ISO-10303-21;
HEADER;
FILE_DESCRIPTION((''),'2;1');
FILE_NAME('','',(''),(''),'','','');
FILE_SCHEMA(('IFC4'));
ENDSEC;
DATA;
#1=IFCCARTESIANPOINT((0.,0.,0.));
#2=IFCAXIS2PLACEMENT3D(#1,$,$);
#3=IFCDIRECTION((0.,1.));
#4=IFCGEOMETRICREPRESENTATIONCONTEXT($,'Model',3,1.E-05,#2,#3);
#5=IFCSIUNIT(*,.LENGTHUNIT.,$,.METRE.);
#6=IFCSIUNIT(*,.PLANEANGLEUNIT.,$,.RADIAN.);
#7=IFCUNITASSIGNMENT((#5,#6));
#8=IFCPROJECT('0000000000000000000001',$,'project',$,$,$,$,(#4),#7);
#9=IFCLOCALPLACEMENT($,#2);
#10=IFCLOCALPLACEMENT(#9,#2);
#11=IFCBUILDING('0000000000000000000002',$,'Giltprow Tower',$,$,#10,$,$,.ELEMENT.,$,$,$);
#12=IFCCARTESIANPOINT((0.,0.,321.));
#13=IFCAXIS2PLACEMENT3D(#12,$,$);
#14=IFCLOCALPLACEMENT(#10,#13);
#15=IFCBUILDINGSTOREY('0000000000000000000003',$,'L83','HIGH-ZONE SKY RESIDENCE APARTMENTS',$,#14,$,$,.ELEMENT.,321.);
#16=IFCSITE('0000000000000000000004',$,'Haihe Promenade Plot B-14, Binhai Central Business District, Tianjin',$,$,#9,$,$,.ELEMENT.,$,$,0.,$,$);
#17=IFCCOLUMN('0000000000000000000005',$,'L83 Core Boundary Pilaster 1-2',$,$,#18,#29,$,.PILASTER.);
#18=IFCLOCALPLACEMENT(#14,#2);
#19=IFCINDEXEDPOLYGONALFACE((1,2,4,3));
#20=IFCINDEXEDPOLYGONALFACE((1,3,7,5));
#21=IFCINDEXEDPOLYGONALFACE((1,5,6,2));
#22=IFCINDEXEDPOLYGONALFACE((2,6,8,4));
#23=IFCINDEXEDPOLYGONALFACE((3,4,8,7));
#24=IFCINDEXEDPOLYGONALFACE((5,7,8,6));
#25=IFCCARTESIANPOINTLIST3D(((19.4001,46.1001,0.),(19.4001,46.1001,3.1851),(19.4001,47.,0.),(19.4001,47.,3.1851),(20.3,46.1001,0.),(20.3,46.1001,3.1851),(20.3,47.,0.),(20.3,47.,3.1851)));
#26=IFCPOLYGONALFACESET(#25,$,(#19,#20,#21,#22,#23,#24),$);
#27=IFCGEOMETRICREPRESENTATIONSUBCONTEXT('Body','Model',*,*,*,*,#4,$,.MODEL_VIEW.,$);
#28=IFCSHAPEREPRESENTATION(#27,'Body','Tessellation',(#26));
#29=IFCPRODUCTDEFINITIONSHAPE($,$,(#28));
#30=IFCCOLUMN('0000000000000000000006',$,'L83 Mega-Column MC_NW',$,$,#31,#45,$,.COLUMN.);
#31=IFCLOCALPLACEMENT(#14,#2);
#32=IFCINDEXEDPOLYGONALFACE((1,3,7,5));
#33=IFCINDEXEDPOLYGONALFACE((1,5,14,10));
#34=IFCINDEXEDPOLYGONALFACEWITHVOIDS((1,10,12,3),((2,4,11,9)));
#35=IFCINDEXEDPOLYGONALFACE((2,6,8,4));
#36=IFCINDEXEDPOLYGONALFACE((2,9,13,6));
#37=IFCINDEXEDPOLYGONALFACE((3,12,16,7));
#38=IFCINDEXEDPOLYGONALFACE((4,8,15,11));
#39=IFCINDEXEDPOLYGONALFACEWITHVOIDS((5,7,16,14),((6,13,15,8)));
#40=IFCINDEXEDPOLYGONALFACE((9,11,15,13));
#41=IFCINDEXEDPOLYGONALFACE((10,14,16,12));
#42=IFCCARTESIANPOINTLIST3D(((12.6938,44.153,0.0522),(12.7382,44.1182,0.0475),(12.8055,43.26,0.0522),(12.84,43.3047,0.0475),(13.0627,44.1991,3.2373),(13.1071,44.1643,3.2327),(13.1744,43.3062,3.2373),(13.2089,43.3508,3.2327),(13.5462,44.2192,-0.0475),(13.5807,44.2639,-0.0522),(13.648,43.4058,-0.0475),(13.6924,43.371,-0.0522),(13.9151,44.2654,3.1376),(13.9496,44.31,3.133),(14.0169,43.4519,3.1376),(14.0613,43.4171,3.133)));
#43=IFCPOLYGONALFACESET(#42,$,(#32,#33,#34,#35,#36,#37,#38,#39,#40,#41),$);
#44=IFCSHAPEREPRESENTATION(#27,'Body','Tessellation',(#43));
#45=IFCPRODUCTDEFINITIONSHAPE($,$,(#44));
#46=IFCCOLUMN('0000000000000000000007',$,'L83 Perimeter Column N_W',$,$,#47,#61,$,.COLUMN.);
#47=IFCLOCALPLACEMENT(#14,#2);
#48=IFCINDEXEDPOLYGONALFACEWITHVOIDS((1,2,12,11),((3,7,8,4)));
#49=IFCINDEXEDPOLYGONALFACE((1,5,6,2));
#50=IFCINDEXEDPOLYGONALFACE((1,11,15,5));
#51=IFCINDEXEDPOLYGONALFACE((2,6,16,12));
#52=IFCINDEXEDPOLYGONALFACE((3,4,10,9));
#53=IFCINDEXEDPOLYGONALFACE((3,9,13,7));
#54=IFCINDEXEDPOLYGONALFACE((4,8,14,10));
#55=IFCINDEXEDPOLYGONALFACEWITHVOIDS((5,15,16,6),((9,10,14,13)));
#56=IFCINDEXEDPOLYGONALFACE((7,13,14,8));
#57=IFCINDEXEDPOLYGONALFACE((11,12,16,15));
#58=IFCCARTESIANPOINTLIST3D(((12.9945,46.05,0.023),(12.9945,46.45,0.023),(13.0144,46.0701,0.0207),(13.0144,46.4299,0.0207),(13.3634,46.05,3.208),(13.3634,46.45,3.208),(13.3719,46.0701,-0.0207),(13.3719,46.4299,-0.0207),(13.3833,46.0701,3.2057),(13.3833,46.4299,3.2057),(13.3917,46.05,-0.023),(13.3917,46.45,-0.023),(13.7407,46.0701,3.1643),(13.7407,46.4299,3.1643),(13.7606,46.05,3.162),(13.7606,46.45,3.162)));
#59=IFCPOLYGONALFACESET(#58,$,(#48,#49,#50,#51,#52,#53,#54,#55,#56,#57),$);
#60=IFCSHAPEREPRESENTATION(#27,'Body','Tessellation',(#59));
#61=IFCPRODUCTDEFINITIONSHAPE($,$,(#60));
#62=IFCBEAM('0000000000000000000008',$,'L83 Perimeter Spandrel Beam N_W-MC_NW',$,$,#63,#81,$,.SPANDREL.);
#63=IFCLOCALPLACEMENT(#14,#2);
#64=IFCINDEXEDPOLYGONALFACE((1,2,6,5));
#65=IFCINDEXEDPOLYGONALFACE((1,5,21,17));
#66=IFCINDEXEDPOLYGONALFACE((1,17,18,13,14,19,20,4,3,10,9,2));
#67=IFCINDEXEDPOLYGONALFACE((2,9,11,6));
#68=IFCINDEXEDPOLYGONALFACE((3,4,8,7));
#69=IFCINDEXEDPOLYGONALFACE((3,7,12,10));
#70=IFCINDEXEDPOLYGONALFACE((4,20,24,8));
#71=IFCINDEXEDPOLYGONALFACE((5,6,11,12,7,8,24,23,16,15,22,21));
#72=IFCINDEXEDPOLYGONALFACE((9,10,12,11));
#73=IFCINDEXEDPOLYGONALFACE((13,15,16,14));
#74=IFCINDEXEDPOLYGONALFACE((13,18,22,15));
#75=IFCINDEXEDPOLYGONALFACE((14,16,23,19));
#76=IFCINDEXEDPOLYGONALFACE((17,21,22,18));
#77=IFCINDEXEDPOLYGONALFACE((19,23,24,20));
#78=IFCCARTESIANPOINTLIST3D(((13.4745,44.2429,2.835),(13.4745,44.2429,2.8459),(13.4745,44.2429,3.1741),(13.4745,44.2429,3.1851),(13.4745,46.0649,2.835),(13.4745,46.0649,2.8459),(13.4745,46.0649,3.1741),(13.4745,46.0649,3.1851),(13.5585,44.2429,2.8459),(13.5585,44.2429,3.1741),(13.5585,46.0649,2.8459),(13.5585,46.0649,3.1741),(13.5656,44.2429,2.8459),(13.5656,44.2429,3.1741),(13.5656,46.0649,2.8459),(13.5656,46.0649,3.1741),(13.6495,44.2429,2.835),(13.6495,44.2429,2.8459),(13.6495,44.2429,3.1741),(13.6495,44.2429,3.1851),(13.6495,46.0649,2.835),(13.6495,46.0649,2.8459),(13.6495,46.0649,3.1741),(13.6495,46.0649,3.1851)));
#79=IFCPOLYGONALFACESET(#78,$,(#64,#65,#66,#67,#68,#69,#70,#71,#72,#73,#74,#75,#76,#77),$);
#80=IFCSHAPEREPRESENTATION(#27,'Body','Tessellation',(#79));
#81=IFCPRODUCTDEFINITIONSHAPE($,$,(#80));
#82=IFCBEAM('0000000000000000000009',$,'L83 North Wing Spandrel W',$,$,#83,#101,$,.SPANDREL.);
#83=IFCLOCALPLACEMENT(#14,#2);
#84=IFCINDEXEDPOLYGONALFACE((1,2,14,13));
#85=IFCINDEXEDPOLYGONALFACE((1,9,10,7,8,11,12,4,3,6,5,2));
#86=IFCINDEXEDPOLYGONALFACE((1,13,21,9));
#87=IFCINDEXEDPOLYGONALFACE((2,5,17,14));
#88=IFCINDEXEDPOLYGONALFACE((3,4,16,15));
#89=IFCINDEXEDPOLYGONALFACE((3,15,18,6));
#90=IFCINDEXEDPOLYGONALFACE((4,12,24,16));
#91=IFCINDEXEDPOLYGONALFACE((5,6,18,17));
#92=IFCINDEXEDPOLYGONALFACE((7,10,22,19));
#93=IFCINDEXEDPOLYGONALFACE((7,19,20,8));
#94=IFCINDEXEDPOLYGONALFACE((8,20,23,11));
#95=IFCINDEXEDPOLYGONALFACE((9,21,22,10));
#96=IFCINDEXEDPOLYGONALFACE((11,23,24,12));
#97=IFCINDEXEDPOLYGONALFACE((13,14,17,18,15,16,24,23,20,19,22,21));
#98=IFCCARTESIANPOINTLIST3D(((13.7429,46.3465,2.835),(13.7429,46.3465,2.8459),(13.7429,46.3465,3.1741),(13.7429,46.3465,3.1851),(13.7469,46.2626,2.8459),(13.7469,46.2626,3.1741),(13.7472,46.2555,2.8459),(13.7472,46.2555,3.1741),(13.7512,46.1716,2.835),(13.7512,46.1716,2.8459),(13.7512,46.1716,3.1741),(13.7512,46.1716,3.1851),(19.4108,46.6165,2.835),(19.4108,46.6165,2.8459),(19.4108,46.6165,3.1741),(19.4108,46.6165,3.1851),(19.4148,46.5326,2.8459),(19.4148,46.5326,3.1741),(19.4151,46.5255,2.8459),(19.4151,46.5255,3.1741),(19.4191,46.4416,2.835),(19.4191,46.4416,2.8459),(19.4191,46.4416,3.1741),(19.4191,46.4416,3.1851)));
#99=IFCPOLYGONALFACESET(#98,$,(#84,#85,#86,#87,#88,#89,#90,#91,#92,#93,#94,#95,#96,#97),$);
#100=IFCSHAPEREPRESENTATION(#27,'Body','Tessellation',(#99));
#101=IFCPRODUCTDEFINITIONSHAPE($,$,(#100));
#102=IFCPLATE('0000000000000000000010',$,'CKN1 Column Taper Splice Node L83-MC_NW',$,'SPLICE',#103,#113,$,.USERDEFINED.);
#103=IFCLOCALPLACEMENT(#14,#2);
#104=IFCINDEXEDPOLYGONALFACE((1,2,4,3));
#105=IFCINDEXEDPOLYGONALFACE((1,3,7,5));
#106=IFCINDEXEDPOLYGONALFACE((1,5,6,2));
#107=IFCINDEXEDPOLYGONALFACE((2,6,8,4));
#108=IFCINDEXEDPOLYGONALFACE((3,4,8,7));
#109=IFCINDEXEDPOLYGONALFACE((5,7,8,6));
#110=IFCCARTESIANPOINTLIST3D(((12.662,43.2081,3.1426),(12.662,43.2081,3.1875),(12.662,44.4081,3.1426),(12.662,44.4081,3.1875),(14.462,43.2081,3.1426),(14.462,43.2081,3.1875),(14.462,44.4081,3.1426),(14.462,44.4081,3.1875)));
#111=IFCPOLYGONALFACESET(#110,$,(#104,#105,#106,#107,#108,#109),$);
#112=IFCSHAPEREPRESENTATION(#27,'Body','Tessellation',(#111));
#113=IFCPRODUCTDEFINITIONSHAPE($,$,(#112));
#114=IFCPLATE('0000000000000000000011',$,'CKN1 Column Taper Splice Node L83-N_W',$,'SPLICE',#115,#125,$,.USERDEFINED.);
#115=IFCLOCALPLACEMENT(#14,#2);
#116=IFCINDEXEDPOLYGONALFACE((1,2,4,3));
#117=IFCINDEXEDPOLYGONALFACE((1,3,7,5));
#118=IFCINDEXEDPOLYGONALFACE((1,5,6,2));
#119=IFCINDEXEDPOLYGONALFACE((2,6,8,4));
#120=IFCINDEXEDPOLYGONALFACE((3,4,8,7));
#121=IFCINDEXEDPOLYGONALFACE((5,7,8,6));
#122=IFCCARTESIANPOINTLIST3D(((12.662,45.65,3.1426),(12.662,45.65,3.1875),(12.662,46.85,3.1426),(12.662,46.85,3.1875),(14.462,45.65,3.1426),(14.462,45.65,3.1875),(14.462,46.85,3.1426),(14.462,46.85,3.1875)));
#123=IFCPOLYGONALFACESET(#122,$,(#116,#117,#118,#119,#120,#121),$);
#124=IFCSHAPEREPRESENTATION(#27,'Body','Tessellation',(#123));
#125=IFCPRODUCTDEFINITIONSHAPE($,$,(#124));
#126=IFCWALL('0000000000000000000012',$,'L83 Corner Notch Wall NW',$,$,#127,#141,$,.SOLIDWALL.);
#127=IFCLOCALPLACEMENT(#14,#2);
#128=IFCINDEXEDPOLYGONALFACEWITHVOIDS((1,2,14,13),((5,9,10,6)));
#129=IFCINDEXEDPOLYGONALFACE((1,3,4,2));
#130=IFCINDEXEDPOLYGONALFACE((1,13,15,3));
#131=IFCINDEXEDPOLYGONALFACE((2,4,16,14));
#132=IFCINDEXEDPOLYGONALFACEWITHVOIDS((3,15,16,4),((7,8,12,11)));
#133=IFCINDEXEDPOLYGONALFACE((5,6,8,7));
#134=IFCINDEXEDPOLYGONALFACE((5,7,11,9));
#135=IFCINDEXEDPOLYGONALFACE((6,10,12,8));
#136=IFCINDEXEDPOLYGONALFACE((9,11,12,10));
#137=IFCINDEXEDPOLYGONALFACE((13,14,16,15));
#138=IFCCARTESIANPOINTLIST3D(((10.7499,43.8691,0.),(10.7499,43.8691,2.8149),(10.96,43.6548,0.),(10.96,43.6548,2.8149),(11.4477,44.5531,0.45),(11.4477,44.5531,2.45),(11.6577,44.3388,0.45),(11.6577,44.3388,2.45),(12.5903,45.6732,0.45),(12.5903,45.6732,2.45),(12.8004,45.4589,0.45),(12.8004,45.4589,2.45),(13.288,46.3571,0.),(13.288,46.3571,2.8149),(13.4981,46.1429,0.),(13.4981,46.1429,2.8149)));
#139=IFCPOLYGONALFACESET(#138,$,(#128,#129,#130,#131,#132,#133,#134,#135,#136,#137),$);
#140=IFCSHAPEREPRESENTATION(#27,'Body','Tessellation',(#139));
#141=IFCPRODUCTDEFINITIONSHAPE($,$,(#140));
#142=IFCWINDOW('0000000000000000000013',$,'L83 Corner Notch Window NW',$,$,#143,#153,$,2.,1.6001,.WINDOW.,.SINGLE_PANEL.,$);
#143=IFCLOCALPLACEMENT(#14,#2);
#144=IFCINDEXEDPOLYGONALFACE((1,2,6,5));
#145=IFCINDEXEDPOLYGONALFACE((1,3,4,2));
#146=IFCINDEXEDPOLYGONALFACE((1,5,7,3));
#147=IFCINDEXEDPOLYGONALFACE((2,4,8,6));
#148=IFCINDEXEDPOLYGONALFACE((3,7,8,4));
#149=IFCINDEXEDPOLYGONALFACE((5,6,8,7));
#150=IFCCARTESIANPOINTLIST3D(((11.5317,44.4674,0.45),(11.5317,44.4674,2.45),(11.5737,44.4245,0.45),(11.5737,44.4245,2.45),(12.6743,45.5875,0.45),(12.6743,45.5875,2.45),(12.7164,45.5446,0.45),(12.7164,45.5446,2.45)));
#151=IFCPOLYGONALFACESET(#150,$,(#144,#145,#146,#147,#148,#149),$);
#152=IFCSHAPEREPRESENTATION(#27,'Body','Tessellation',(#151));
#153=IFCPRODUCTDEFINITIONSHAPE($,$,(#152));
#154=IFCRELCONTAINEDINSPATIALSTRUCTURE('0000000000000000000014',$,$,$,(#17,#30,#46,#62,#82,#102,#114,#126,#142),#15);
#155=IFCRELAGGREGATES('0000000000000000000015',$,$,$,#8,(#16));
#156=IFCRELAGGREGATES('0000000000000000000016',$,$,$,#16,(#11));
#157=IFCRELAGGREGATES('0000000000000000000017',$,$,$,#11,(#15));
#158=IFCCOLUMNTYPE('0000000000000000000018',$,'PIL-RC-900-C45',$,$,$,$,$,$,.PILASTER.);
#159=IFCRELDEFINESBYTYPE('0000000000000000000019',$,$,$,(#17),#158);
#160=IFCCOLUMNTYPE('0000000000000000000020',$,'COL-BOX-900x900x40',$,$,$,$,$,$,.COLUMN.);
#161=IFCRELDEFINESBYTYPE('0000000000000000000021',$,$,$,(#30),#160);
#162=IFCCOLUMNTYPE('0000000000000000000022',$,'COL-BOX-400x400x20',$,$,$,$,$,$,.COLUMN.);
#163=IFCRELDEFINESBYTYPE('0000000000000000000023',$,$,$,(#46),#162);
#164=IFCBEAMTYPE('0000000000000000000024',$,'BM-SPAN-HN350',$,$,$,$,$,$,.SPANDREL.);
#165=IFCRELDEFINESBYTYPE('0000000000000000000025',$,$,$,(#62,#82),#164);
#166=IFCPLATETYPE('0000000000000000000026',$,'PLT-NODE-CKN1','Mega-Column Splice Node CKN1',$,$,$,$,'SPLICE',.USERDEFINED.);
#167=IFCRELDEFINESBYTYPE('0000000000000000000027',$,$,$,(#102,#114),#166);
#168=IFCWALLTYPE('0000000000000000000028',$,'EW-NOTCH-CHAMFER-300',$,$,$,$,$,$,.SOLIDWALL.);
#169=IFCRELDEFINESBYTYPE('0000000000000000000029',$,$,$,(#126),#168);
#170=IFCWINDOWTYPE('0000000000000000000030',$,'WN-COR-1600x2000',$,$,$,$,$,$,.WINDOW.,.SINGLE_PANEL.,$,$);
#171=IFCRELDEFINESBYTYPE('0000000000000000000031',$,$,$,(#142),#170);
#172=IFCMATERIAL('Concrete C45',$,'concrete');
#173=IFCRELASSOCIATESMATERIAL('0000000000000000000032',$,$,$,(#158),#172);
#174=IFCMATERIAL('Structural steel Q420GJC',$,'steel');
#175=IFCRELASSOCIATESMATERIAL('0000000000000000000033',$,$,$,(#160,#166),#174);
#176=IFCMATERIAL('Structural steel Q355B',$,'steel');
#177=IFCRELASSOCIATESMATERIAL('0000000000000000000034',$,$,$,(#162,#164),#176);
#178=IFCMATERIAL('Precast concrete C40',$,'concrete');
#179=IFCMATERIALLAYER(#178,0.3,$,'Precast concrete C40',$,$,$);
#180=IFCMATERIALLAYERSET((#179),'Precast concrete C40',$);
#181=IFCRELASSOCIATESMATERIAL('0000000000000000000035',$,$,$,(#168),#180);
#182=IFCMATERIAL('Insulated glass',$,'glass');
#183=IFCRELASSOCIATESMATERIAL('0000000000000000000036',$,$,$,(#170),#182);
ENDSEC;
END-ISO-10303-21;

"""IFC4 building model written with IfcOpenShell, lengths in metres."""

from ifc_helpers import new_model, si_unit, direction, frame, frame_2d, origin, origin_2d, place, context, subcontext, project, spatial, rectangle, hollow_rectangle, i_section, extrude, source, transform, mapped, material, layer, layer_set, material_profile, profile_set, type_object, element, fill, save


model = new_model("IFC4")

# Units and contexts
model_context = context("Model", 3, precision=1e-05, world=origin(), true_north=direction((0.0, 1.0)))
body_context = subcontext(model_context, "Body", "Model", "MODEL_VIEW")
ifc_project = project(units=[si_unit("LENGTHUNIT", "METRE"), si_unit("PLANEANGLEUNIT", "RADIAN")], contexts=[model_context])

# Site, building, storey
site_placement = place(None, origin())
site = spatial("IfcSite", under=ifc_project, at=site_placement, Name="Haihe Promenade Plot B-14, Binhai Central Business District, Tianjin", CompositionType="ELEMENT", RefElevation=0.0)
building_placement = place(site_placement, origin())
building = spatial("IfcBuilding", under=site, at=building_placement, Name="Giltprow Tower", CompositionType="ELEMENT")
storey_placement = place(building_placement, frame((0.0, 0.0, 321.0)))
storey = spatial("IfcBuildingStorey", under=building, at=storey_placement, Name="L83", Description="HIGH-ZONE SKY RESIDENCE APARTMENTS", CompositionType="ELEMENT", Elevation=321.0)

# Columns
ifc_material_1 = material(Name="Concrete C45", Category="concrete")
ifc_material_profile_1 = material_profile(ifc_material_1, rectangle(XDim=0.8999, YDim=0.8999, at=origin_2d()), Name="RC 900x900")
ifc_profile_set_1 = profile_set([ifc_material_profile_1], Name="Concrete C45")
column_type_1 = type_object("IfcColumnType", Name="PIL-RC-900-C45", PredefinedType="PILASTER", material=ifc_profile_set_1)
shared_shape_1 = source(origin(), body_context, "Body", "SweptSolid", [
    extrude(rectangle(XDim=0.8999, YDim=0.8999, at=origin_2d()), origin(), (0.0, 0.0, 1.0), 3.1851),
])
column_1_placement = place(storey_placement, frame((19.8501, 46.55, 0.0), z_axis=(0.0, 0.0, 1.0), x_axis=(1.0, 0.0, 0.0)))
element("IfcColumn", 1, at=column_1_placement, inside=storey, type_object=column_type_1, Name="L83 Core Boundary Pilaster 1-2", PredefinedType="PILASTER", context=body_context, shape_type="MappedRepresentation", body=[
    mapped(shared_shape_1, transform((0.0, 0.0, 0.0), x_axis=(1.0, 0.0, 0.0), y_axis=(0.0, 1.0, 0.0), z_axis=(0.0, 0.0, 1.0), scale=1.0)),
])
ifc_material_2 = material(Name="Structural steel Q420GJC", Category="steel")
ifc_material_profile_2 = material_profile(ifc_material_2, hollow_rectangle(XDim=0.8999, YDim=0.8999, WallThickness=0.04, at=origin_2d()), Name="BOX 900x900x40")
ifc_profile_set_2 = profile_set([ifc_material_profile_2], Name="Structural steel Q420GJC")
column_type_2 = type_object("IfcColumnType", Name="COL-BOX-900x900x40", PredefinedType="COLUMN", material=ifc_profile_set_2)
shared_shape_2 = source(origin(), body_context, "Body", "SweptSolid", [
    extrude(hollow_rectangle(XDim=0.8999, YDim=0.8999, WallThickness=0.04, at=origin_2d()), origin(), (0.0, 0.0, 1.0), 3.2068),
])
column_2_placement = place(storey_placement, frame((13.1931, 43.762, 0.0), z_axis=(0.11504, 0.01439, 0.993257), x_axis=(-0.124116, 0.992268, 0.0)))
element("IfcColumn", 2, at=column_2_placement, inside=storey, type_object=column_type_2, Name="L83 Mega-Column MC_NW", PredefinedType="COLUMN", context=body_context, shape_type="MappedRepresentation", body=[
    mapped(shared_shape_2, transform((0.0, 0.0, 0.0), x_axis=(1.0, 0.0, 0.0), y_axis=(0.0, 1.0, 0.0), z_axis=(0.0, 0.0, 1.0), scale=1.0)),
])
ifc_material_3 = material(Name="Structural steel Q355B", Category="steel")
ifc_material_profile_3 = material_profile(ifc_material_3, hollow_rectangle(XDim=0.3999, YDim=0.3999, WallThickness=0.02, at=origin_2d()), Name="BOX 400x400x20")
ifc_profile_set_3 = profile_set([ifc_material_profile_3], Name="Structural steel Q355B")
column_type_3 = type_object("IfcColumnType", Name="COL-BOX-400x400x20", PredefinedType="COLUMN", material=ifc_profile_set_3)
shared_shape_3 = source(origin(), body_context, "Body", "SweptSolid", [
    extrude(hollow_rectangle(XDim=0.3999, YDim=0.3999, WallThickness=0.02, at=origin_2d()), origin(), (0.0, 0.0, 1.0), 3.2063),
])
column_3_placement = place(storey_placement, frame((13.1931, 46.25, 0.0), z_axis=(0.115052, 0.0, 0.993359), x_axis=(0.0, 1.0, 0.0)))
element("IfcColumn", 3, at=column_3_placement, inside=storey, type_object=column_type_3, Name="L83 Perimeter Column N_W", PredefinedType="COLUMN", context=body_context, shape_type="MappedRepresentation", body=[
    mapped(shared_shape_3, transform((0.0, 0.0, 0.0), x_axis=(1.0, 0.0, 0.0), y_axis=(0.0, 1.0, 0.0), z_axis=(0.0, 0.0, 1.0), scale=1.0)),
])

# Beams
ifc_material_profile_4 = material_profile(ifc_material_3, i_section(OverallWidth=0.175, OverallDepth=0.3501, WebThickness=0.0071, FlangeThickness=0.011, at=origin_2d()), Name="HN 350x175x7x11")
ifc_profile_set_4 = profile_set([ifc_material_profile_4], Name="Structural steel Q355B")
beam_type = type_object("IfcBeamType", Name="BM-SPAN-HN350", PredefinedType="SPANDREL", material=ifc_profile_set_4)
shared_shape_4 = source(origin(), body_context, "Body", "SweptSolid", [
    extrude(i_section(OverallWidth=0.175, OverallDepth=0.3501, WebThickness=0.0071, FlangeThickness=0.011, at=origin_2d()), origin(), (0.0, 0.0, 1.0), 1.822),
])
beam_1_placement = place(storey_placement, frame((13.562, 46.0649, 3.01), z_axis=(0.0, -1.0, 0.0), x_axis=(1.0, 0.0, 0.0)))
element("IfcBeam", 4, at=beam_1_placement, inside=storey, type_object=beam_type, Name="L83 Perimeter Spandrel Beam N_W-MC_NW", PredefinedType="SPANDREL", context=body_context, shape_type="MappedRepresentation", body=[
    mapped(shared_shape_4, transform((0.0, 0.0, 0.0), x_axis=(1.0, 0.0, 0.0), y_axis=(0.0, 1.0, 0.0), z_axis=(0.0, 0.0, 1.0), scale=1.0)),
])
shared_shape_5 = source(origin(), body_context, "Body", "SweptSolid", [
    extrude(i_section(OverallWidth=0.175, OverallDepth=0.3501, WebThickness=0.0071, FlangeThickness=0.011, at=origin_2d()), origin(), (0.0, 0.0, 1.0), 5.6743),
])
beam_2_placement = place(storey_placement, frame((13.7471, 46.259, 3.01), z_axis=(0.998867, 0.047586, 0.0), x_axis=(-0.047586, 0.998867, 0.0)))
element("IfcBeam", 5, at=beam_2_placement, inside=storey, type_object=beam_type, Name="L83 North Wing Spandrel W", PredefinedType="SPANDREL", context=body_context, shape_type="MappedRepresentation", body=[
    mapped(shared_shape_5, transform((0.0, 0.0, 0.0), x_axis=(1.0, 0.0, 0.0), y_axis=(0.0, 1.0, 0.0), z_axis=(0.0, 0.0, 1.0), scale=1.0)),
])

# Plates
plate_type = type_object("IfcPlateType", Name="PLT-NODE-CKN1", Description="Mega-Column Splice Node CKN1", ElementType="SPLICE", PredefinedType="USERDEFINED", material=ifc_material_2)
shared_shape_6 = source(origin(), body_context, "Body", "SweptSolid", [
    extrude(rectangle(XDim=1.8, YDim=1.2, at=origin_2d()), origin(), (0.0, 0.0, 1.0), 0.0449),
])
for number, where, z_axis, x_axis, name in (
    (6, (13.562, 43.8081, 3.1426), (0.0, 0.0, 1.0), (1.0, 0.0, 0.0), "CKN1 Column Taper Splice Node L83-MC_NW"),
    (7, (13.562, 46.25, 3.1426), (0.0, 0.0, 1.0), (1.0, 0.0, 0.0), "CKN1 Column Taper Splice Node L83-N_W"),
):
    element("IfcPlate", number, at=place(storey_placement, frame(where, z_axis=z_axis, x_axis=x_axis)), inside=storey, type_object=plate_type, Name=name, ObjectType="SPLICE", PredefinedType="USERDEFINED", context=body_context, shape_type="MappedRepresentation", body=[
        mapped(shared_shape_6, transform((0.0, 0.0, 0.0), x_axis=(1.0, 0.0, 0.0), y_axis=(0.0, 1.0, 0.0), z_axis=(0.0, 0.0, 1.0), scale=1.0)),
    ])

# Wall, opening, window
ifc_material_4 = material(Name="Precast concrete C40", Category="concrete")
ifc_layer_1 = layer(ifc_material_4, 0.3, Name="Precast concrete C40")
ifc_layer_set_1 = layer_set([ifc_layer_1], Name="Precast concrete C40")
wall_type_1 = type_object("IfcWallType", Name="EW-NOTCH-CHAMFER-300", PredefinedType="SOLIDWALL", material=ifc_layer_set_1)
wall_1_placement = place(storey_placement, frame((13.3931, 46.25, 0.0), z_axis=(0.0, 0.0, 1.0), x_axis=(-0.714113, -0.700031, 0.0)))
wall_1 = element("IfcWall", 8, at=wall_1_placement, inside=storey, type_object=wall_type_1, Name="L83 Corner Notch Wall NW", PredefinedType="SOLIDWALL", context=body_context, shape_type="SweptSolid", body=[
    extrude(rectangle(XDim=3.5542, YDim=0.3, at=frame_2d((1.7771, 0.0))), origin(), (0.0, 0.0, 1.0), 2.8149),
])
opening_1_placement = place(wall_1_placement, frame((0.9771, 0.0, 0.45)))
opening_1 = element("IfcOpeningElement", 9, at=opening_1_placement, cuts=wall_1, PredefinedType="OPENING", context=body_context, shape_type="SweptSolid", body=[
    extrude(rectangle(XDim=1.6001, YDim=2.0, at=frame_2d((0.8, 1.0))), frame((0.0, 0.1599, 0.0), z_axis=(0.0, -1.0, 0.0), x_axis=(1.0, 0.0, 0.0)), (0.0, 0.0, 1.0), 0.3201),
])
ifc_material_5 = material(Name="Insulated glass", Category="glass")
window_type = type_object("IfcWindowType", Name="WN-COR-1600x2000", PartitioningType="SINGLE_PANEL", PredefinedType="WINDOW", material=ifc_material_5)
shared_shape_7 = source(origin(), body_context, "Body", "SweptSolid", [
    extrude(rectangle(XDim=1.6001, YDim=2.0, at=frame_2d((0.8, 1.0))), frame((0.0, 0.03, 0.0), z_axis=(0.0, -1.0, 0.0), x_axis=(1.0, 0.0, 0.0)), (0.0, 0.0, 1.0), 0.0601),
])
window_1_placement = place(opening_1_placement, origin())
window_1 = element("IfcWindow", 10, at=window_1_placement, inside=storey, type_object=window_type, Name="L83 Corner Notch Window NW", OverallHeight=2.0, OverallWidth=1.6001, PartitioningType="SINGLE_PANEL", PredefinedType="WINDOW", context=body_context, shape_type="MappedRepresentation", body=[
    mapped(shared_shape_7, transform((0.0, 0.0, 0.0), x_axis=(1.0, 0.0, 0.0), y_axis=(0.0, 1.0, 0.0), z_axis=(0.0, 0.0, 1.0), scale=1.0)),
])
fill(opening_1, window_1)

save(model, "model.ifc")
